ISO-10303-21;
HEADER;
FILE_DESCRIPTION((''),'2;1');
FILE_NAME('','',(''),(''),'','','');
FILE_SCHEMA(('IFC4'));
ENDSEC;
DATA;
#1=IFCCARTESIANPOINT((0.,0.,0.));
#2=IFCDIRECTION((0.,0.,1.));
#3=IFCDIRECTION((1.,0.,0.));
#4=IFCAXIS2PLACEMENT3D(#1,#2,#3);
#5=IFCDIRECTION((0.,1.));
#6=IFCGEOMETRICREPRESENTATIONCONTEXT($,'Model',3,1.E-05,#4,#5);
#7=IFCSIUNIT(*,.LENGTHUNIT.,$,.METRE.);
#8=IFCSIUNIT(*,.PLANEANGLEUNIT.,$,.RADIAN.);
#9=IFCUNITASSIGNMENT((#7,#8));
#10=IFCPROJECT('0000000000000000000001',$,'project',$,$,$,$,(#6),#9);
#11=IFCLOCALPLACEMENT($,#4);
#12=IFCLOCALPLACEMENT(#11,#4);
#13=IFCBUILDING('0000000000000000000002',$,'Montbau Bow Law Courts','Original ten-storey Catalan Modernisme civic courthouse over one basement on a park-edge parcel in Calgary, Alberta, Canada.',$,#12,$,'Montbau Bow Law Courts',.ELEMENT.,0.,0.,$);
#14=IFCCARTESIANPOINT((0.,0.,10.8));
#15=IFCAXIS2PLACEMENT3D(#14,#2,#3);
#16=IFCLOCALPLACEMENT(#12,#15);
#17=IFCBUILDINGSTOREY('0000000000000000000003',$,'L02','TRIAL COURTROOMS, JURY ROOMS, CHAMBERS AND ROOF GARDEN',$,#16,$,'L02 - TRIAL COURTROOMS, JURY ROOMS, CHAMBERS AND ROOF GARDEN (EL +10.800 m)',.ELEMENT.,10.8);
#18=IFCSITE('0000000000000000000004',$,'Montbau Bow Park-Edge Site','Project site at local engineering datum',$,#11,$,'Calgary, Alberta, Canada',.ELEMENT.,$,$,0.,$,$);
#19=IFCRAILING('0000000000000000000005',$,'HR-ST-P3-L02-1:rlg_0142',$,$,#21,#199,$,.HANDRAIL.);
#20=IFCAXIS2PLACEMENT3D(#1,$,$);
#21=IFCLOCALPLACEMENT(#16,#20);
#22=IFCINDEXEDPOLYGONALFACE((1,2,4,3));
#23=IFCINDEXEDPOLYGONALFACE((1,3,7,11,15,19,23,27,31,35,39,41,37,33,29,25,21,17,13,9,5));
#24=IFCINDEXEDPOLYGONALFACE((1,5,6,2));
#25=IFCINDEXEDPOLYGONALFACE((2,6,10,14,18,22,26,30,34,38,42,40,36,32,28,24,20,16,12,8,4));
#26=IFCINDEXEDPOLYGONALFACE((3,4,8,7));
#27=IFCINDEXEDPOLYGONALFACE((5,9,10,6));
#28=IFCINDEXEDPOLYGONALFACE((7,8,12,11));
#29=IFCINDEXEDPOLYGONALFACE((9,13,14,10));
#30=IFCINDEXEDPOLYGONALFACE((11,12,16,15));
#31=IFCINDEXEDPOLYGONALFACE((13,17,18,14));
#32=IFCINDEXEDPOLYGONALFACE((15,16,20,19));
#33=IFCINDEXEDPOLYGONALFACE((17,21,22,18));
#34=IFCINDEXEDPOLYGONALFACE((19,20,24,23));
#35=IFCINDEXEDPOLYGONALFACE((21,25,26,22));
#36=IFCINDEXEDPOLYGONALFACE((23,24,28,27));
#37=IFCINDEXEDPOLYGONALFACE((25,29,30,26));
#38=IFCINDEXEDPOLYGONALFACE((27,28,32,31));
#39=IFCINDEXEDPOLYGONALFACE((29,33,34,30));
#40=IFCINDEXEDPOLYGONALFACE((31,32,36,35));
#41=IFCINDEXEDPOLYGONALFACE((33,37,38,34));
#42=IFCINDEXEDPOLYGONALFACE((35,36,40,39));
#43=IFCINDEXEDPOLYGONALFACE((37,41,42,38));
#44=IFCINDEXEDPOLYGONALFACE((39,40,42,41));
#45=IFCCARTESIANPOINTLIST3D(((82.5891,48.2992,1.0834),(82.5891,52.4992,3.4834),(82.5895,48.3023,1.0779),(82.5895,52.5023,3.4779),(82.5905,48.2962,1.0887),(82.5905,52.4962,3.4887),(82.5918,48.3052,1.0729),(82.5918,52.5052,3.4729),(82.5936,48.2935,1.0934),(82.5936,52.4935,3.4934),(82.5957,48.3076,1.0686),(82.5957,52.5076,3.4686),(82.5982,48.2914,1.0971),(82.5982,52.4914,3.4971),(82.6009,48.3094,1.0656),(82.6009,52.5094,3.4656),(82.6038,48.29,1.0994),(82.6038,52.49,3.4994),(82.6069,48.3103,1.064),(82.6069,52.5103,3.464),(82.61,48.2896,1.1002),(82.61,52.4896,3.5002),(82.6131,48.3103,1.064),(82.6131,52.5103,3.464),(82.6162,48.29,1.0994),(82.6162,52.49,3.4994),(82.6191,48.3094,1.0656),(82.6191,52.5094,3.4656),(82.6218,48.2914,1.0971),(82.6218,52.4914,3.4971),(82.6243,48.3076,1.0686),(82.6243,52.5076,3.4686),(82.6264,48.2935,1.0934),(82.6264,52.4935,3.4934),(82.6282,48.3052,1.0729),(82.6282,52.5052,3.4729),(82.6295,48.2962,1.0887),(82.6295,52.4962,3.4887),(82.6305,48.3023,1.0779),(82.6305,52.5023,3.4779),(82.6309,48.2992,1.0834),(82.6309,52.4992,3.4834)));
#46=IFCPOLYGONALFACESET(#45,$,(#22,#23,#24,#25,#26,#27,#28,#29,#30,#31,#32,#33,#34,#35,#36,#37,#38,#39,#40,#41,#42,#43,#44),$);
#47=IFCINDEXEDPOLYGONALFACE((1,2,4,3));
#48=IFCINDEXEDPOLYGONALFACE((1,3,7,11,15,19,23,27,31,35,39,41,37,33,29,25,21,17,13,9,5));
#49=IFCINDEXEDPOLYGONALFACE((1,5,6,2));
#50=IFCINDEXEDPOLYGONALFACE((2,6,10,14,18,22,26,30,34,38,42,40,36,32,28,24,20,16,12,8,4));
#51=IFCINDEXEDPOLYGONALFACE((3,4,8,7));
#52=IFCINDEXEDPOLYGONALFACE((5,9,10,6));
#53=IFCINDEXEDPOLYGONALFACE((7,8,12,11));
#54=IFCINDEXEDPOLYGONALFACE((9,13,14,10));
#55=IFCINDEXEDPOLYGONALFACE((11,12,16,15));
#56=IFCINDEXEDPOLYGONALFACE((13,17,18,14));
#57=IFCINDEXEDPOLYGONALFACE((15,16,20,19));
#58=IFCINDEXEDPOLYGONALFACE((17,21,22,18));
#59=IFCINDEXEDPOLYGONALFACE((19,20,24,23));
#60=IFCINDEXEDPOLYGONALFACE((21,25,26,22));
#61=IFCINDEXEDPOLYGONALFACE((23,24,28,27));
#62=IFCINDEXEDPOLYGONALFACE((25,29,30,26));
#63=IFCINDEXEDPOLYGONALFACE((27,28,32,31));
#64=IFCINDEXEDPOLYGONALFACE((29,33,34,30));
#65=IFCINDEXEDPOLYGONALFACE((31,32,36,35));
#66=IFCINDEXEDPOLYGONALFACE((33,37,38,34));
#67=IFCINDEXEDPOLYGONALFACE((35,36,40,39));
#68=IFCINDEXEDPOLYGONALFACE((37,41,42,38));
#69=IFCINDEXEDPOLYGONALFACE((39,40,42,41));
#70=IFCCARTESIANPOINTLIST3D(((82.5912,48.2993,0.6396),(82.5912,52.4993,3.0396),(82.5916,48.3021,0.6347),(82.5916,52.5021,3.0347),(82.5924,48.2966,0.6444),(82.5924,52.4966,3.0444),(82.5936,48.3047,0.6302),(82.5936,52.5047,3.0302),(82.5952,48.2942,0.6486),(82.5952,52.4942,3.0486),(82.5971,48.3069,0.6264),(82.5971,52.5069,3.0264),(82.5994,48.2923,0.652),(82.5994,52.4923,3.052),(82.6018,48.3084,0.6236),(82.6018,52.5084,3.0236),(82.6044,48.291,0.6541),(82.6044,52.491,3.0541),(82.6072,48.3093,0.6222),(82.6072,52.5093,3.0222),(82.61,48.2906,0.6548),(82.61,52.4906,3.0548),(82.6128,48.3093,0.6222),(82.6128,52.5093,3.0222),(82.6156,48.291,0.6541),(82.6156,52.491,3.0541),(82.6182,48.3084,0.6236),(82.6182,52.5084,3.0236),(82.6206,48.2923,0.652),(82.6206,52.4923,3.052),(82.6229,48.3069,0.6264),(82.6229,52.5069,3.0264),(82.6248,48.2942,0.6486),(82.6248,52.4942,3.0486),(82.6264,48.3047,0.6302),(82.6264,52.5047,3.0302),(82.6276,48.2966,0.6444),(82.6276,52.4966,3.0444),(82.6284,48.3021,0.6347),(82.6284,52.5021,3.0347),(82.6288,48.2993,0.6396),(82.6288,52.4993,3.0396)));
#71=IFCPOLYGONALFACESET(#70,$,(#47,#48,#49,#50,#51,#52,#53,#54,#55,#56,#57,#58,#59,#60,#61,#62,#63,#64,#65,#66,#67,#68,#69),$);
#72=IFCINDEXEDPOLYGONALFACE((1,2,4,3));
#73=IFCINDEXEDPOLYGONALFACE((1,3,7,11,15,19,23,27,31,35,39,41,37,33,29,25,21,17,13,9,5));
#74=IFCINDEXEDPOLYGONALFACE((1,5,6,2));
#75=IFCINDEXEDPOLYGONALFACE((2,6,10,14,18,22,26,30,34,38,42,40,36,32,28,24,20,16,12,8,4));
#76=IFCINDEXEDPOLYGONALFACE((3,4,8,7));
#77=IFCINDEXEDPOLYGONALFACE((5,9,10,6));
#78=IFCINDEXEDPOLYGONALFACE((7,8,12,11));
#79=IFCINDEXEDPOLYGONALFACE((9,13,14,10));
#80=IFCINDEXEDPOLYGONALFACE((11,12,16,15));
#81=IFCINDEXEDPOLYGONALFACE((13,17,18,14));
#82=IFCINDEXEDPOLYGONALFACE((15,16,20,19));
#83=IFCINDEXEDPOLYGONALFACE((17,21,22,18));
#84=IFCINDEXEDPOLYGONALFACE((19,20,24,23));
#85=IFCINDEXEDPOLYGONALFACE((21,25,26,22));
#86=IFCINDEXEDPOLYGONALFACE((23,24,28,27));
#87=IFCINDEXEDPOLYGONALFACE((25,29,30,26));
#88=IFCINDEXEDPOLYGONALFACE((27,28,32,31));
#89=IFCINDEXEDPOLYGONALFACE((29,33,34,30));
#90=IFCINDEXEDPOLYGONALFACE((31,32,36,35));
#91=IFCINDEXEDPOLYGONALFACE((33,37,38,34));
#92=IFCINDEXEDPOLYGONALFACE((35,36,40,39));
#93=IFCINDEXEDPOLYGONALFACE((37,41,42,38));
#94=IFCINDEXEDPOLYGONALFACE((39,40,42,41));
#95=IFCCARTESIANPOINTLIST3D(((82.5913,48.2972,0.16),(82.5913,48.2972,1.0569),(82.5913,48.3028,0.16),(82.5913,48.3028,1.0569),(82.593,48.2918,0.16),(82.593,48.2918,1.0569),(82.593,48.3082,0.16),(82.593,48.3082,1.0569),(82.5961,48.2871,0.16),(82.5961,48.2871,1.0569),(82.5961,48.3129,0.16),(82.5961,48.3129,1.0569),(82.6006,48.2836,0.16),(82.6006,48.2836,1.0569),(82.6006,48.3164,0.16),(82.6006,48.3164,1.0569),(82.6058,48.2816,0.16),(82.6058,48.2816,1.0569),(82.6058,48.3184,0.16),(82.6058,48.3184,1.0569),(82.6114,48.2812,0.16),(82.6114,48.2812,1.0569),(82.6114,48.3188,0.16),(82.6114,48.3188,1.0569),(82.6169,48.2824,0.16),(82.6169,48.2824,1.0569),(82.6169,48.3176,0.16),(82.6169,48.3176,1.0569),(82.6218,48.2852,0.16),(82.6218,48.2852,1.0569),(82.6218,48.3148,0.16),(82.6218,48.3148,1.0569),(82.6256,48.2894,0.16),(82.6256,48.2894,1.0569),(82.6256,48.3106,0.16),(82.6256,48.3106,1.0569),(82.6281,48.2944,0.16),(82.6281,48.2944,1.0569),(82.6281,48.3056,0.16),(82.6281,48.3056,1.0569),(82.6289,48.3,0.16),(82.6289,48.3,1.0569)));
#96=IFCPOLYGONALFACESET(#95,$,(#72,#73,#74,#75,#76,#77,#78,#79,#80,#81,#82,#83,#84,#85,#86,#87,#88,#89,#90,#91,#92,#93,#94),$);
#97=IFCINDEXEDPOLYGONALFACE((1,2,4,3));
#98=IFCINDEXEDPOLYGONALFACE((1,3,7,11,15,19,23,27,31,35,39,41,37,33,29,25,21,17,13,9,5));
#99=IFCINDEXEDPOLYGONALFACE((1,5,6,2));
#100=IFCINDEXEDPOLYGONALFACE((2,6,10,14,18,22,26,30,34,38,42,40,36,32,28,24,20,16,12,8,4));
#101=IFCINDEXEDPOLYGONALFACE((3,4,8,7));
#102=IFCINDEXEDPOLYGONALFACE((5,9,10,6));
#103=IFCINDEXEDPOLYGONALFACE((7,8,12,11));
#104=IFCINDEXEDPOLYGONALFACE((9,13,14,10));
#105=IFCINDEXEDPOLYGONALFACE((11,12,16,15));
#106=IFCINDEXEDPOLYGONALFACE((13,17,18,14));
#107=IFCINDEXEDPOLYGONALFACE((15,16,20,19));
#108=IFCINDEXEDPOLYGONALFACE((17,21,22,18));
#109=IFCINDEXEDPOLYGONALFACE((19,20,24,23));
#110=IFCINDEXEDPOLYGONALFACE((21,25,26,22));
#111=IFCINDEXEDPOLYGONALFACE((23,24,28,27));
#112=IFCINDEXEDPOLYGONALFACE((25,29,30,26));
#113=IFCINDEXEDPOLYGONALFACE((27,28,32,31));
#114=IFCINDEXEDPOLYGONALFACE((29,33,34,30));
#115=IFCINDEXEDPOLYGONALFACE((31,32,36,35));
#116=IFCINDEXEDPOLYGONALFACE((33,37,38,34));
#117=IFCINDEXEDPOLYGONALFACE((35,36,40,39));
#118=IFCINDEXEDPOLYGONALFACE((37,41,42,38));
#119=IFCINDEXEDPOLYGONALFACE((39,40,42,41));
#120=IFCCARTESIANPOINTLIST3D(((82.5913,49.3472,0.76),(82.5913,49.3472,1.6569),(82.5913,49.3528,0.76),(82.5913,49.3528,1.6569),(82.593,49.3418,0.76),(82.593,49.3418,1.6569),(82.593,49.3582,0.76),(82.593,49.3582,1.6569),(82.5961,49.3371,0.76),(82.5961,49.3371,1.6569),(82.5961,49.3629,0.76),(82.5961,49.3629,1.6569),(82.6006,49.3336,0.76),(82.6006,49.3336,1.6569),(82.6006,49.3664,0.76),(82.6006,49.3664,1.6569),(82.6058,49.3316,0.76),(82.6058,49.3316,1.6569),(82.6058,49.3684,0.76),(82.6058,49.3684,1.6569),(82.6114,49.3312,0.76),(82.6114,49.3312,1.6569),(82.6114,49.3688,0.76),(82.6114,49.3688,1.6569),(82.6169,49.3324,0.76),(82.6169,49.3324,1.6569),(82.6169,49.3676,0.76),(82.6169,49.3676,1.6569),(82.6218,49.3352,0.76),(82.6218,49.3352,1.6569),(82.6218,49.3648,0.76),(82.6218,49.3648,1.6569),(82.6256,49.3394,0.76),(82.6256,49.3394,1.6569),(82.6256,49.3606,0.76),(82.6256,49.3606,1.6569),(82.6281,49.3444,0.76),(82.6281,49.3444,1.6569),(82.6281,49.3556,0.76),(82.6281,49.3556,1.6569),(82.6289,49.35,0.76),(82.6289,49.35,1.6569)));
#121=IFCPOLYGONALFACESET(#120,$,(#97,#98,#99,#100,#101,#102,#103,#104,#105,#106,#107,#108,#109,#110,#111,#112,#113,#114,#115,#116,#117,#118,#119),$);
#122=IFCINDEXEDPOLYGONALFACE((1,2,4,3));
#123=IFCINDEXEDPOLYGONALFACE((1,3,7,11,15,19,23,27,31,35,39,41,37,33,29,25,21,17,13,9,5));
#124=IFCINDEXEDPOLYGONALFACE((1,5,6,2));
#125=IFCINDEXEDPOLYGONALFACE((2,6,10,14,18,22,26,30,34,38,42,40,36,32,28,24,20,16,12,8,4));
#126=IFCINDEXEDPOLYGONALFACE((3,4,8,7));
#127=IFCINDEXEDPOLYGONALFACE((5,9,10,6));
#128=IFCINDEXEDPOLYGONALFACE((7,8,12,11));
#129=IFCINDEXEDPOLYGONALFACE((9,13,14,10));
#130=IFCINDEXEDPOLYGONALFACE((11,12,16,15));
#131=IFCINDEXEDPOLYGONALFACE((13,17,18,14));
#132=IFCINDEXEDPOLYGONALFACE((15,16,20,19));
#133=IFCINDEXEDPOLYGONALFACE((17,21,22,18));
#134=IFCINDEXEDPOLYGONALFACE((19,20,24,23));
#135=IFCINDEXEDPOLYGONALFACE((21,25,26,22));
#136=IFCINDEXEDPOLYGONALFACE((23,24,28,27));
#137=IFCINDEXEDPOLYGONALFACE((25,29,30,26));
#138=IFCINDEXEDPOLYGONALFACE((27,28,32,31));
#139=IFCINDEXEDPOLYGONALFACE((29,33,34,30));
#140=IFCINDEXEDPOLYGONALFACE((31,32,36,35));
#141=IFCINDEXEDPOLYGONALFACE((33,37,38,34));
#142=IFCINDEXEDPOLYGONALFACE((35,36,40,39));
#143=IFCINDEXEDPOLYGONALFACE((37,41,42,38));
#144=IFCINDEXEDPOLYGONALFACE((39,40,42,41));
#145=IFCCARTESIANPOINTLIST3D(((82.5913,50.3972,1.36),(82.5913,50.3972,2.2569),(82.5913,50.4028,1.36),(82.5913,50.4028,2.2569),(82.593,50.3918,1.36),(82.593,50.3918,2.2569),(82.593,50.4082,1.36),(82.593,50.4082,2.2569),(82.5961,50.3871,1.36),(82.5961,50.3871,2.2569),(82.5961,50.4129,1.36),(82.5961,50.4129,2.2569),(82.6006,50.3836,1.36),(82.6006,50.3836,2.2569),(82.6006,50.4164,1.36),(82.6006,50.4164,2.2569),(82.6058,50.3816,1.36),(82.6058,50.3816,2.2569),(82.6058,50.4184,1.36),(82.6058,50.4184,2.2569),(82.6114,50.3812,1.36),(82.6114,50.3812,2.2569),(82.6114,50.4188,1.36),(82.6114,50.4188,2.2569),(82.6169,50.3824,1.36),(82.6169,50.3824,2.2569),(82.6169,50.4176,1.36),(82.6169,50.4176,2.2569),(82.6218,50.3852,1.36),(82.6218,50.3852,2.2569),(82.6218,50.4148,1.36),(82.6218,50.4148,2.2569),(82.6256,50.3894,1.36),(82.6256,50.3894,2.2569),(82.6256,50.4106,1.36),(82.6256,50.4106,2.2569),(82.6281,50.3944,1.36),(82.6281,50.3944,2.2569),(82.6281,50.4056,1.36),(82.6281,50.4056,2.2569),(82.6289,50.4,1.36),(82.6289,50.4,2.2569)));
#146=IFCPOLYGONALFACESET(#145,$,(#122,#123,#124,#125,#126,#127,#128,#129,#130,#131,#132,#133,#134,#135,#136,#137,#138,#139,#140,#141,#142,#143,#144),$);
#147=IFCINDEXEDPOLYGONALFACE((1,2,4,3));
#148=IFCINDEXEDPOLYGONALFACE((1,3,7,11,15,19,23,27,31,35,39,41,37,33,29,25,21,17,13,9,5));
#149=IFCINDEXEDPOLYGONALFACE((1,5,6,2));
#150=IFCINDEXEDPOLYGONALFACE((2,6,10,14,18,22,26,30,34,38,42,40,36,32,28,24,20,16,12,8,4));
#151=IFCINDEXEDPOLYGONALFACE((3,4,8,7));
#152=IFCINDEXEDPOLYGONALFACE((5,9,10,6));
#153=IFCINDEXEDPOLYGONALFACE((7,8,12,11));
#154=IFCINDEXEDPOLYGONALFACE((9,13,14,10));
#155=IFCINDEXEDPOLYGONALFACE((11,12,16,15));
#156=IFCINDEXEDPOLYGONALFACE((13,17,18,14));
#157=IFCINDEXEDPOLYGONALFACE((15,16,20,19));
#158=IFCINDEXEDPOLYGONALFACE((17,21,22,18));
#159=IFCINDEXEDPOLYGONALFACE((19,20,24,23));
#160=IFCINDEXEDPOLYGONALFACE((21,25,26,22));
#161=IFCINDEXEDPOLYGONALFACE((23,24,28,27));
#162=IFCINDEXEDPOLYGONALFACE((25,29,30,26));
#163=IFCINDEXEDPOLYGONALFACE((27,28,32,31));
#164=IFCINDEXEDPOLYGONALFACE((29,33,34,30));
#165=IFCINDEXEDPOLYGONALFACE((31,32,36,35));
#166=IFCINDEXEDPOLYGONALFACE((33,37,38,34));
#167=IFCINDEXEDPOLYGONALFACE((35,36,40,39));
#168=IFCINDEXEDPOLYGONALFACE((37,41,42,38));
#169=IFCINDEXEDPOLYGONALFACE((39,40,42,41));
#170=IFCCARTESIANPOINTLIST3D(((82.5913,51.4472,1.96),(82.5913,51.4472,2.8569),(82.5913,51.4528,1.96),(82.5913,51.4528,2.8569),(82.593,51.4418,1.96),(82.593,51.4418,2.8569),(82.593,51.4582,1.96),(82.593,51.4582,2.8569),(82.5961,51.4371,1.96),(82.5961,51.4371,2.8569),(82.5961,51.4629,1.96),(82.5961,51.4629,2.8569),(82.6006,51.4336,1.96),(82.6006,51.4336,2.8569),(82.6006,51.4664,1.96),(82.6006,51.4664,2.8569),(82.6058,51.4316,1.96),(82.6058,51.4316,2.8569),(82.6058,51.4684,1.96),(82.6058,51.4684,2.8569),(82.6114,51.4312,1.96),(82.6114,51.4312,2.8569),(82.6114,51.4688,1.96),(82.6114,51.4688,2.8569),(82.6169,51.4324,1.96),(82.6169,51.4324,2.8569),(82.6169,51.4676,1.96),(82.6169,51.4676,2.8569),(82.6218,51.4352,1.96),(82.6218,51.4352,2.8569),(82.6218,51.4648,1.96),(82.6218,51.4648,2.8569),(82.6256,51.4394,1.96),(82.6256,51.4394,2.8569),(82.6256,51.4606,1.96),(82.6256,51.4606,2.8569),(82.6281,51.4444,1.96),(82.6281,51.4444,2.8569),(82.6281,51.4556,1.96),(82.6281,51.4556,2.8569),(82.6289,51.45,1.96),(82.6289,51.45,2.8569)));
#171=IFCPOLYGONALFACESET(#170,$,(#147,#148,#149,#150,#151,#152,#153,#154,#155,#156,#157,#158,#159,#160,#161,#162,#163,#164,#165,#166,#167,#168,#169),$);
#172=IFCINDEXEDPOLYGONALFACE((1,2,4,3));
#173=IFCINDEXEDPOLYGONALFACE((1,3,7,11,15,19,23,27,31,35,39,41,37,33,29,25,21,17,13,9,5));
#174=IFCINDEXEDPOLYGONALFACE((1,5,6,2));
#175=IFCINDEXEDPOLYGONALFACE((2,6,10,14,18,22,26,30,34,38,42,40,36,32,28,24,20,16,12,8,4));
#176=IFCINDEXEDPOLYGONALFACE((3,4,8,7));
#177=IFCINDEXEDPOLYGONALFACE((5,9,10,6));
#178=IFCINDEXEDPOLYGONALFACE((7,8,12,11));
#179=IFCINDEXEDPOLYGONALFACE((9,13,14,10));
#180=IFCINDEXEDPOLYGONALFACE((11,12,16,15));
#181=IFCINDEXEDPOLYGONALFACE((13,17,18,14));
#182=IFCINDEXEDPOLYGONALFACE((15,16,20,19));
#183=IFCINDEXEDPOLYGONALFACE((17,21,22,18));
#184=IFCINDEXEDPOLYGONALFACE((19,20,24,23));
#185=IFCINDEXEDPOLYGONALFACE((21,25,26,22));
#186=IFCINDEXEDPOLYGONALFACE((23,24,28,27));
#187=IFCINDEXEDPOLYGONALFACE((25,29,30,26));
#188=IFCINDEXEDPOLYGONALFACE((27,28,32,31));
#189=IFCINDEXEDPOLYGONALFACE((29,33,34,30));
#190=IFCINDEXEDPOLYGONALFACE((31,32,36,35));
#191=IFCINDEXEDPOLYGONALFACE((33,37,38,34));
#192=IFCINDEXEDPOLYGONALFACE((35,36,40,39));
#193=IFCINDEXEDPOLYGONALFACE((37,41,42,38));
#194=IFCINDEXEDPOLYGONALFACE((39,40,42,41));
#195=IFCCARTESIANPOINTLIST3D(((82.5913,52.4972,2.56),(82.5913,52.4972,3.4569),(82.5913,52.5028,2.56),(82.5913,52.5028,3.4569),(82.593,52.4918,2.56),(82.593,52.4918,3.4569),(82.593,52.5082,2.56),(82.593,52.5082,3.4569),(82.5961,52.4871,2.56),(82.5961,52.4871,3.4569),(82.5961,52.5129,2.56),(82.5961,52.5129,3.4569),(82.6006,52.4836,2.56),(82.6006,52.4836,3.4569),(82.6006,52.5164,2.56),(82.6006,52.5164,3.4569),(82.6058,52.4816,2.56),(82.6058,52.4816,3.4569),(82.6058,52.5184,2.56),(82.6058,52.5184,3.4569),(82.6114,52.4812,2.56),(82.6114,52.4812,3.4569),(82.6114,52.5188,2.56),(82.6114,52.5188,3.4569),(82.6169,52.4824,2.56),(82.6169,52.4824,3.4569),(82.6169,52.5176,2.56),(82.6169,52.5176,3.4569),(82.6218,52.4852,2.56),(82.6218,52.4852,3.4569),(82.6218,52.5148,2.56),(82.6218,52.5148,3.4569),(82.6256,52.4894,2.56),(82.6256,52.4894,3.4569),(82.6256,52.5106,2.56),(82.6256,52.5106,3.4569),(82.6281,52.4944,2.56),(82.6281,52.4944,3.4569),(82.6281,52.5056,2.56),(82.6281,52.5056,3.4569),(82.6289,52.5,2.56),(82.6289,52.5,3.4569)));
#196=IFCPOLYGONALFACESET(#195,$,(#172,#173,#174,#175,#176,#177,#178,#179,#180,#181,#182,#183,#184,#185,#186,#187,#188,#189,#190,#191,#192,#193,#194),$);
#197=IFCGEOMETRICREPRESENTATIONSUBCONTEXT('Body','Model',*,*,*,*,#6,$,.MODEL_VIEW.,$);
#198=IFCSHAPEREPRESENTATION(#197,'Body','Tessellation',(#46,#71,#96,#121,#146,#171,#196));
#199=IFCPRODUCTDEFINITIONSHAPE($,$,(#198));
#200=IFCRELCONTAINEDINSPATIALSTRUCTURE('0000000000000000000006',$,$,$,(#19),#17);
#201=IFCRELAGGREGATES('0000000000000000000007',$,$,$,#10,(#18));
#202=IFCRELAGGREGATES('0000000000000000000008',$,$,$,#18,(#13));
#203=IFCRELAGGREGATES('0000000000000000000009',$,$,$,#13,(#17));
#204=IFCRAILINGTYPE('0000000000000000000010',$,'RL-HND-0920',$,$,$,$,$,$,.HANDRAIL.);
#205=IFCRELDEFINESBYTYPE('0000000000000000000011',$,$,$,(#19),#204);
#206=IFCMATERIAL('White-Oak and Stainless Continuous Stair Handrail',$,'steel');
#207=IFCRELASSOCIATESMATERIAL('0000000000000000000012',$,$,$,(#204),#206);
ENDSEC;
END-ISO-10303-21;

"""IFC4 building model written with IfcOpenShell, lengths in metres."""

from ifc_helpers import new_model, si_unit, direction, frame, origin_with_axes, origin_2d_with_axis, place, context, subcontext, project, spatial, circle, extrude, material, type_object, element, save


model = new_model("IFC4")

# Units and contexts
model_context = context("Model", 3, precision=1e-05, world=origin_with_axes(), true_north=direction((0.0, 1.0)))
body_context = subcontext(model_context, "Body", "Model", "MODEL_VIEW")
ifc_project = project(units=[si_unit("LENGTHUNIT", "METRE"), si_unit("PLANEANGLEUNIT", "RADIAN")], contexts=[model_context])

# Site, building, storey
site_placement = place(None, origin_with_axes())
site = spatial("IfcSite", under=ifc_project, at=site_placement, Name="Montbau Bow Park-Edge Site", Description="Project site at local engineering datum", LongName="Calgary, Alberta, Canada", CompositionType="ELEMENT", RefElevation=0.0)
building_placement = place(site_placement, origin_with_axes())
building = spatial("IfcBuilding", under=site, at=building_placement, Name="Montbau Bow Law Courts", Description="Original ten-storey Catalan Modernisme civic courthouse over one basement on a park-edge parcel in Calgary, Alberta, Canada.", LongName="Montbau Bow Law Courts", CompositionType="ELEMENT", ElevationOfRefHeight=0.0, ElevationOfTerrain=0.0)
storey_placement = place(building_placement, frame((0.0, 0.0, 10.8), z_axis=(0.0, 0.0, 1.0), x_axis=(1.0, 0.0, 0.0)))
storey = spatial("IfcBuildingStorey", under=building, at=storey_placement, Name="L02", Description="TRIAL COURTROOMS, JURY ROOMS, CHAMBERS AND ROOF GARDEN", LongName="L02 - TRIAL COURTROOMS, JURY ROOMS, CHAMBERS AND ROOF GARDEN (EL +10.800 m)", CompositionType="ELEMENT", Elevation=10.8)

# Railing
ifc_material_1 = material(Name="White-Oak and Stainless Continuous Stair Handrail", Category="steel")
railing_type_1 = type_object("IfcRailingType", Name="RL-HND-0920", PredefinedType="HANDRAIL", material=ifc_material_1)
railing_1_placement = place(None, origin_with_axes())
element("IfcRailing", 1, at=railing_1_placement, inside=storey, type_object=railing_type_1, Name="HR-ST-P3-L02-1:rlg_0142", PredefinedType="HANDRAIL", context=body_context, shape_type="SweptSolid", body=[
    extrude(circle(Radius=0.021, at=origin_2d_with_axis()), frame((82.61, 48.3, 11.882), z_axis=(0.0, 0.868243, 0.496139), x_axis=(0.0, -0.496139, 0.868243)), (0.0, 0.0, 1.0), 4.8374),
    extrude(circle(Radius=0.0189, at=origin_2d_with_axis()), frame((82.61, 48.3, 11.4384), z_axis=(0.0, 0.868243, 0.496139), x_axis=(0.0, -0.496139, 0.868243)), (0.0, 0.0, 1.0), 4.8374),
    extrude(circle(Radius=0.0189, at=origin_2d_with_axis()), frame((82.61, 48.3, 10.96), z_axis=(0.0, 0.0, 1.0), x_axis=(1.0, 0.0, 0.0)), (0.0, 0.0, 1.0), 0.8969),
    extrude(circle(Radius=0.0189, at=origin_2d_with_axis()), frame((82.61, 49.35, 11.56), z_axis=(0.0, 0.0, 1.0), x_axis=(1.0, 0.0, 0.0)), (0.0, 0.0, 1.0), 0.8969),
    extrude(circle(Radius=0.0189, at=origin_2d_with_axis()), frame((82.61, 50.4, 12.16), z_axis=(0.0, 0.0, 1.0), x_axis=(1.0, 0.0, 0.0)), (0.0, 0.0, 1.0), 0.8969),
    extrude(circle(Radius=0.0189, at=origin_2d_with_axis()), frame((82.61, 51.45, 12.76), z_axis=(0.0, 0.0, 1.0), x_axis=(1.0, 0.0, 0.0)), (0.0, 0.0, 1.0), 0.8969),
    extrude(circle(Radius=0.0189, at=origin_2d_with_axis()), frame((82.61, 52.5, 13.36), z_axis=(0.0, 0.0, 1.0), x_axis=(1.0, 0.0, 0.0)), (0.0, 0.0, 1.0), 0.8969),
])

save(model, "model.ifc")
